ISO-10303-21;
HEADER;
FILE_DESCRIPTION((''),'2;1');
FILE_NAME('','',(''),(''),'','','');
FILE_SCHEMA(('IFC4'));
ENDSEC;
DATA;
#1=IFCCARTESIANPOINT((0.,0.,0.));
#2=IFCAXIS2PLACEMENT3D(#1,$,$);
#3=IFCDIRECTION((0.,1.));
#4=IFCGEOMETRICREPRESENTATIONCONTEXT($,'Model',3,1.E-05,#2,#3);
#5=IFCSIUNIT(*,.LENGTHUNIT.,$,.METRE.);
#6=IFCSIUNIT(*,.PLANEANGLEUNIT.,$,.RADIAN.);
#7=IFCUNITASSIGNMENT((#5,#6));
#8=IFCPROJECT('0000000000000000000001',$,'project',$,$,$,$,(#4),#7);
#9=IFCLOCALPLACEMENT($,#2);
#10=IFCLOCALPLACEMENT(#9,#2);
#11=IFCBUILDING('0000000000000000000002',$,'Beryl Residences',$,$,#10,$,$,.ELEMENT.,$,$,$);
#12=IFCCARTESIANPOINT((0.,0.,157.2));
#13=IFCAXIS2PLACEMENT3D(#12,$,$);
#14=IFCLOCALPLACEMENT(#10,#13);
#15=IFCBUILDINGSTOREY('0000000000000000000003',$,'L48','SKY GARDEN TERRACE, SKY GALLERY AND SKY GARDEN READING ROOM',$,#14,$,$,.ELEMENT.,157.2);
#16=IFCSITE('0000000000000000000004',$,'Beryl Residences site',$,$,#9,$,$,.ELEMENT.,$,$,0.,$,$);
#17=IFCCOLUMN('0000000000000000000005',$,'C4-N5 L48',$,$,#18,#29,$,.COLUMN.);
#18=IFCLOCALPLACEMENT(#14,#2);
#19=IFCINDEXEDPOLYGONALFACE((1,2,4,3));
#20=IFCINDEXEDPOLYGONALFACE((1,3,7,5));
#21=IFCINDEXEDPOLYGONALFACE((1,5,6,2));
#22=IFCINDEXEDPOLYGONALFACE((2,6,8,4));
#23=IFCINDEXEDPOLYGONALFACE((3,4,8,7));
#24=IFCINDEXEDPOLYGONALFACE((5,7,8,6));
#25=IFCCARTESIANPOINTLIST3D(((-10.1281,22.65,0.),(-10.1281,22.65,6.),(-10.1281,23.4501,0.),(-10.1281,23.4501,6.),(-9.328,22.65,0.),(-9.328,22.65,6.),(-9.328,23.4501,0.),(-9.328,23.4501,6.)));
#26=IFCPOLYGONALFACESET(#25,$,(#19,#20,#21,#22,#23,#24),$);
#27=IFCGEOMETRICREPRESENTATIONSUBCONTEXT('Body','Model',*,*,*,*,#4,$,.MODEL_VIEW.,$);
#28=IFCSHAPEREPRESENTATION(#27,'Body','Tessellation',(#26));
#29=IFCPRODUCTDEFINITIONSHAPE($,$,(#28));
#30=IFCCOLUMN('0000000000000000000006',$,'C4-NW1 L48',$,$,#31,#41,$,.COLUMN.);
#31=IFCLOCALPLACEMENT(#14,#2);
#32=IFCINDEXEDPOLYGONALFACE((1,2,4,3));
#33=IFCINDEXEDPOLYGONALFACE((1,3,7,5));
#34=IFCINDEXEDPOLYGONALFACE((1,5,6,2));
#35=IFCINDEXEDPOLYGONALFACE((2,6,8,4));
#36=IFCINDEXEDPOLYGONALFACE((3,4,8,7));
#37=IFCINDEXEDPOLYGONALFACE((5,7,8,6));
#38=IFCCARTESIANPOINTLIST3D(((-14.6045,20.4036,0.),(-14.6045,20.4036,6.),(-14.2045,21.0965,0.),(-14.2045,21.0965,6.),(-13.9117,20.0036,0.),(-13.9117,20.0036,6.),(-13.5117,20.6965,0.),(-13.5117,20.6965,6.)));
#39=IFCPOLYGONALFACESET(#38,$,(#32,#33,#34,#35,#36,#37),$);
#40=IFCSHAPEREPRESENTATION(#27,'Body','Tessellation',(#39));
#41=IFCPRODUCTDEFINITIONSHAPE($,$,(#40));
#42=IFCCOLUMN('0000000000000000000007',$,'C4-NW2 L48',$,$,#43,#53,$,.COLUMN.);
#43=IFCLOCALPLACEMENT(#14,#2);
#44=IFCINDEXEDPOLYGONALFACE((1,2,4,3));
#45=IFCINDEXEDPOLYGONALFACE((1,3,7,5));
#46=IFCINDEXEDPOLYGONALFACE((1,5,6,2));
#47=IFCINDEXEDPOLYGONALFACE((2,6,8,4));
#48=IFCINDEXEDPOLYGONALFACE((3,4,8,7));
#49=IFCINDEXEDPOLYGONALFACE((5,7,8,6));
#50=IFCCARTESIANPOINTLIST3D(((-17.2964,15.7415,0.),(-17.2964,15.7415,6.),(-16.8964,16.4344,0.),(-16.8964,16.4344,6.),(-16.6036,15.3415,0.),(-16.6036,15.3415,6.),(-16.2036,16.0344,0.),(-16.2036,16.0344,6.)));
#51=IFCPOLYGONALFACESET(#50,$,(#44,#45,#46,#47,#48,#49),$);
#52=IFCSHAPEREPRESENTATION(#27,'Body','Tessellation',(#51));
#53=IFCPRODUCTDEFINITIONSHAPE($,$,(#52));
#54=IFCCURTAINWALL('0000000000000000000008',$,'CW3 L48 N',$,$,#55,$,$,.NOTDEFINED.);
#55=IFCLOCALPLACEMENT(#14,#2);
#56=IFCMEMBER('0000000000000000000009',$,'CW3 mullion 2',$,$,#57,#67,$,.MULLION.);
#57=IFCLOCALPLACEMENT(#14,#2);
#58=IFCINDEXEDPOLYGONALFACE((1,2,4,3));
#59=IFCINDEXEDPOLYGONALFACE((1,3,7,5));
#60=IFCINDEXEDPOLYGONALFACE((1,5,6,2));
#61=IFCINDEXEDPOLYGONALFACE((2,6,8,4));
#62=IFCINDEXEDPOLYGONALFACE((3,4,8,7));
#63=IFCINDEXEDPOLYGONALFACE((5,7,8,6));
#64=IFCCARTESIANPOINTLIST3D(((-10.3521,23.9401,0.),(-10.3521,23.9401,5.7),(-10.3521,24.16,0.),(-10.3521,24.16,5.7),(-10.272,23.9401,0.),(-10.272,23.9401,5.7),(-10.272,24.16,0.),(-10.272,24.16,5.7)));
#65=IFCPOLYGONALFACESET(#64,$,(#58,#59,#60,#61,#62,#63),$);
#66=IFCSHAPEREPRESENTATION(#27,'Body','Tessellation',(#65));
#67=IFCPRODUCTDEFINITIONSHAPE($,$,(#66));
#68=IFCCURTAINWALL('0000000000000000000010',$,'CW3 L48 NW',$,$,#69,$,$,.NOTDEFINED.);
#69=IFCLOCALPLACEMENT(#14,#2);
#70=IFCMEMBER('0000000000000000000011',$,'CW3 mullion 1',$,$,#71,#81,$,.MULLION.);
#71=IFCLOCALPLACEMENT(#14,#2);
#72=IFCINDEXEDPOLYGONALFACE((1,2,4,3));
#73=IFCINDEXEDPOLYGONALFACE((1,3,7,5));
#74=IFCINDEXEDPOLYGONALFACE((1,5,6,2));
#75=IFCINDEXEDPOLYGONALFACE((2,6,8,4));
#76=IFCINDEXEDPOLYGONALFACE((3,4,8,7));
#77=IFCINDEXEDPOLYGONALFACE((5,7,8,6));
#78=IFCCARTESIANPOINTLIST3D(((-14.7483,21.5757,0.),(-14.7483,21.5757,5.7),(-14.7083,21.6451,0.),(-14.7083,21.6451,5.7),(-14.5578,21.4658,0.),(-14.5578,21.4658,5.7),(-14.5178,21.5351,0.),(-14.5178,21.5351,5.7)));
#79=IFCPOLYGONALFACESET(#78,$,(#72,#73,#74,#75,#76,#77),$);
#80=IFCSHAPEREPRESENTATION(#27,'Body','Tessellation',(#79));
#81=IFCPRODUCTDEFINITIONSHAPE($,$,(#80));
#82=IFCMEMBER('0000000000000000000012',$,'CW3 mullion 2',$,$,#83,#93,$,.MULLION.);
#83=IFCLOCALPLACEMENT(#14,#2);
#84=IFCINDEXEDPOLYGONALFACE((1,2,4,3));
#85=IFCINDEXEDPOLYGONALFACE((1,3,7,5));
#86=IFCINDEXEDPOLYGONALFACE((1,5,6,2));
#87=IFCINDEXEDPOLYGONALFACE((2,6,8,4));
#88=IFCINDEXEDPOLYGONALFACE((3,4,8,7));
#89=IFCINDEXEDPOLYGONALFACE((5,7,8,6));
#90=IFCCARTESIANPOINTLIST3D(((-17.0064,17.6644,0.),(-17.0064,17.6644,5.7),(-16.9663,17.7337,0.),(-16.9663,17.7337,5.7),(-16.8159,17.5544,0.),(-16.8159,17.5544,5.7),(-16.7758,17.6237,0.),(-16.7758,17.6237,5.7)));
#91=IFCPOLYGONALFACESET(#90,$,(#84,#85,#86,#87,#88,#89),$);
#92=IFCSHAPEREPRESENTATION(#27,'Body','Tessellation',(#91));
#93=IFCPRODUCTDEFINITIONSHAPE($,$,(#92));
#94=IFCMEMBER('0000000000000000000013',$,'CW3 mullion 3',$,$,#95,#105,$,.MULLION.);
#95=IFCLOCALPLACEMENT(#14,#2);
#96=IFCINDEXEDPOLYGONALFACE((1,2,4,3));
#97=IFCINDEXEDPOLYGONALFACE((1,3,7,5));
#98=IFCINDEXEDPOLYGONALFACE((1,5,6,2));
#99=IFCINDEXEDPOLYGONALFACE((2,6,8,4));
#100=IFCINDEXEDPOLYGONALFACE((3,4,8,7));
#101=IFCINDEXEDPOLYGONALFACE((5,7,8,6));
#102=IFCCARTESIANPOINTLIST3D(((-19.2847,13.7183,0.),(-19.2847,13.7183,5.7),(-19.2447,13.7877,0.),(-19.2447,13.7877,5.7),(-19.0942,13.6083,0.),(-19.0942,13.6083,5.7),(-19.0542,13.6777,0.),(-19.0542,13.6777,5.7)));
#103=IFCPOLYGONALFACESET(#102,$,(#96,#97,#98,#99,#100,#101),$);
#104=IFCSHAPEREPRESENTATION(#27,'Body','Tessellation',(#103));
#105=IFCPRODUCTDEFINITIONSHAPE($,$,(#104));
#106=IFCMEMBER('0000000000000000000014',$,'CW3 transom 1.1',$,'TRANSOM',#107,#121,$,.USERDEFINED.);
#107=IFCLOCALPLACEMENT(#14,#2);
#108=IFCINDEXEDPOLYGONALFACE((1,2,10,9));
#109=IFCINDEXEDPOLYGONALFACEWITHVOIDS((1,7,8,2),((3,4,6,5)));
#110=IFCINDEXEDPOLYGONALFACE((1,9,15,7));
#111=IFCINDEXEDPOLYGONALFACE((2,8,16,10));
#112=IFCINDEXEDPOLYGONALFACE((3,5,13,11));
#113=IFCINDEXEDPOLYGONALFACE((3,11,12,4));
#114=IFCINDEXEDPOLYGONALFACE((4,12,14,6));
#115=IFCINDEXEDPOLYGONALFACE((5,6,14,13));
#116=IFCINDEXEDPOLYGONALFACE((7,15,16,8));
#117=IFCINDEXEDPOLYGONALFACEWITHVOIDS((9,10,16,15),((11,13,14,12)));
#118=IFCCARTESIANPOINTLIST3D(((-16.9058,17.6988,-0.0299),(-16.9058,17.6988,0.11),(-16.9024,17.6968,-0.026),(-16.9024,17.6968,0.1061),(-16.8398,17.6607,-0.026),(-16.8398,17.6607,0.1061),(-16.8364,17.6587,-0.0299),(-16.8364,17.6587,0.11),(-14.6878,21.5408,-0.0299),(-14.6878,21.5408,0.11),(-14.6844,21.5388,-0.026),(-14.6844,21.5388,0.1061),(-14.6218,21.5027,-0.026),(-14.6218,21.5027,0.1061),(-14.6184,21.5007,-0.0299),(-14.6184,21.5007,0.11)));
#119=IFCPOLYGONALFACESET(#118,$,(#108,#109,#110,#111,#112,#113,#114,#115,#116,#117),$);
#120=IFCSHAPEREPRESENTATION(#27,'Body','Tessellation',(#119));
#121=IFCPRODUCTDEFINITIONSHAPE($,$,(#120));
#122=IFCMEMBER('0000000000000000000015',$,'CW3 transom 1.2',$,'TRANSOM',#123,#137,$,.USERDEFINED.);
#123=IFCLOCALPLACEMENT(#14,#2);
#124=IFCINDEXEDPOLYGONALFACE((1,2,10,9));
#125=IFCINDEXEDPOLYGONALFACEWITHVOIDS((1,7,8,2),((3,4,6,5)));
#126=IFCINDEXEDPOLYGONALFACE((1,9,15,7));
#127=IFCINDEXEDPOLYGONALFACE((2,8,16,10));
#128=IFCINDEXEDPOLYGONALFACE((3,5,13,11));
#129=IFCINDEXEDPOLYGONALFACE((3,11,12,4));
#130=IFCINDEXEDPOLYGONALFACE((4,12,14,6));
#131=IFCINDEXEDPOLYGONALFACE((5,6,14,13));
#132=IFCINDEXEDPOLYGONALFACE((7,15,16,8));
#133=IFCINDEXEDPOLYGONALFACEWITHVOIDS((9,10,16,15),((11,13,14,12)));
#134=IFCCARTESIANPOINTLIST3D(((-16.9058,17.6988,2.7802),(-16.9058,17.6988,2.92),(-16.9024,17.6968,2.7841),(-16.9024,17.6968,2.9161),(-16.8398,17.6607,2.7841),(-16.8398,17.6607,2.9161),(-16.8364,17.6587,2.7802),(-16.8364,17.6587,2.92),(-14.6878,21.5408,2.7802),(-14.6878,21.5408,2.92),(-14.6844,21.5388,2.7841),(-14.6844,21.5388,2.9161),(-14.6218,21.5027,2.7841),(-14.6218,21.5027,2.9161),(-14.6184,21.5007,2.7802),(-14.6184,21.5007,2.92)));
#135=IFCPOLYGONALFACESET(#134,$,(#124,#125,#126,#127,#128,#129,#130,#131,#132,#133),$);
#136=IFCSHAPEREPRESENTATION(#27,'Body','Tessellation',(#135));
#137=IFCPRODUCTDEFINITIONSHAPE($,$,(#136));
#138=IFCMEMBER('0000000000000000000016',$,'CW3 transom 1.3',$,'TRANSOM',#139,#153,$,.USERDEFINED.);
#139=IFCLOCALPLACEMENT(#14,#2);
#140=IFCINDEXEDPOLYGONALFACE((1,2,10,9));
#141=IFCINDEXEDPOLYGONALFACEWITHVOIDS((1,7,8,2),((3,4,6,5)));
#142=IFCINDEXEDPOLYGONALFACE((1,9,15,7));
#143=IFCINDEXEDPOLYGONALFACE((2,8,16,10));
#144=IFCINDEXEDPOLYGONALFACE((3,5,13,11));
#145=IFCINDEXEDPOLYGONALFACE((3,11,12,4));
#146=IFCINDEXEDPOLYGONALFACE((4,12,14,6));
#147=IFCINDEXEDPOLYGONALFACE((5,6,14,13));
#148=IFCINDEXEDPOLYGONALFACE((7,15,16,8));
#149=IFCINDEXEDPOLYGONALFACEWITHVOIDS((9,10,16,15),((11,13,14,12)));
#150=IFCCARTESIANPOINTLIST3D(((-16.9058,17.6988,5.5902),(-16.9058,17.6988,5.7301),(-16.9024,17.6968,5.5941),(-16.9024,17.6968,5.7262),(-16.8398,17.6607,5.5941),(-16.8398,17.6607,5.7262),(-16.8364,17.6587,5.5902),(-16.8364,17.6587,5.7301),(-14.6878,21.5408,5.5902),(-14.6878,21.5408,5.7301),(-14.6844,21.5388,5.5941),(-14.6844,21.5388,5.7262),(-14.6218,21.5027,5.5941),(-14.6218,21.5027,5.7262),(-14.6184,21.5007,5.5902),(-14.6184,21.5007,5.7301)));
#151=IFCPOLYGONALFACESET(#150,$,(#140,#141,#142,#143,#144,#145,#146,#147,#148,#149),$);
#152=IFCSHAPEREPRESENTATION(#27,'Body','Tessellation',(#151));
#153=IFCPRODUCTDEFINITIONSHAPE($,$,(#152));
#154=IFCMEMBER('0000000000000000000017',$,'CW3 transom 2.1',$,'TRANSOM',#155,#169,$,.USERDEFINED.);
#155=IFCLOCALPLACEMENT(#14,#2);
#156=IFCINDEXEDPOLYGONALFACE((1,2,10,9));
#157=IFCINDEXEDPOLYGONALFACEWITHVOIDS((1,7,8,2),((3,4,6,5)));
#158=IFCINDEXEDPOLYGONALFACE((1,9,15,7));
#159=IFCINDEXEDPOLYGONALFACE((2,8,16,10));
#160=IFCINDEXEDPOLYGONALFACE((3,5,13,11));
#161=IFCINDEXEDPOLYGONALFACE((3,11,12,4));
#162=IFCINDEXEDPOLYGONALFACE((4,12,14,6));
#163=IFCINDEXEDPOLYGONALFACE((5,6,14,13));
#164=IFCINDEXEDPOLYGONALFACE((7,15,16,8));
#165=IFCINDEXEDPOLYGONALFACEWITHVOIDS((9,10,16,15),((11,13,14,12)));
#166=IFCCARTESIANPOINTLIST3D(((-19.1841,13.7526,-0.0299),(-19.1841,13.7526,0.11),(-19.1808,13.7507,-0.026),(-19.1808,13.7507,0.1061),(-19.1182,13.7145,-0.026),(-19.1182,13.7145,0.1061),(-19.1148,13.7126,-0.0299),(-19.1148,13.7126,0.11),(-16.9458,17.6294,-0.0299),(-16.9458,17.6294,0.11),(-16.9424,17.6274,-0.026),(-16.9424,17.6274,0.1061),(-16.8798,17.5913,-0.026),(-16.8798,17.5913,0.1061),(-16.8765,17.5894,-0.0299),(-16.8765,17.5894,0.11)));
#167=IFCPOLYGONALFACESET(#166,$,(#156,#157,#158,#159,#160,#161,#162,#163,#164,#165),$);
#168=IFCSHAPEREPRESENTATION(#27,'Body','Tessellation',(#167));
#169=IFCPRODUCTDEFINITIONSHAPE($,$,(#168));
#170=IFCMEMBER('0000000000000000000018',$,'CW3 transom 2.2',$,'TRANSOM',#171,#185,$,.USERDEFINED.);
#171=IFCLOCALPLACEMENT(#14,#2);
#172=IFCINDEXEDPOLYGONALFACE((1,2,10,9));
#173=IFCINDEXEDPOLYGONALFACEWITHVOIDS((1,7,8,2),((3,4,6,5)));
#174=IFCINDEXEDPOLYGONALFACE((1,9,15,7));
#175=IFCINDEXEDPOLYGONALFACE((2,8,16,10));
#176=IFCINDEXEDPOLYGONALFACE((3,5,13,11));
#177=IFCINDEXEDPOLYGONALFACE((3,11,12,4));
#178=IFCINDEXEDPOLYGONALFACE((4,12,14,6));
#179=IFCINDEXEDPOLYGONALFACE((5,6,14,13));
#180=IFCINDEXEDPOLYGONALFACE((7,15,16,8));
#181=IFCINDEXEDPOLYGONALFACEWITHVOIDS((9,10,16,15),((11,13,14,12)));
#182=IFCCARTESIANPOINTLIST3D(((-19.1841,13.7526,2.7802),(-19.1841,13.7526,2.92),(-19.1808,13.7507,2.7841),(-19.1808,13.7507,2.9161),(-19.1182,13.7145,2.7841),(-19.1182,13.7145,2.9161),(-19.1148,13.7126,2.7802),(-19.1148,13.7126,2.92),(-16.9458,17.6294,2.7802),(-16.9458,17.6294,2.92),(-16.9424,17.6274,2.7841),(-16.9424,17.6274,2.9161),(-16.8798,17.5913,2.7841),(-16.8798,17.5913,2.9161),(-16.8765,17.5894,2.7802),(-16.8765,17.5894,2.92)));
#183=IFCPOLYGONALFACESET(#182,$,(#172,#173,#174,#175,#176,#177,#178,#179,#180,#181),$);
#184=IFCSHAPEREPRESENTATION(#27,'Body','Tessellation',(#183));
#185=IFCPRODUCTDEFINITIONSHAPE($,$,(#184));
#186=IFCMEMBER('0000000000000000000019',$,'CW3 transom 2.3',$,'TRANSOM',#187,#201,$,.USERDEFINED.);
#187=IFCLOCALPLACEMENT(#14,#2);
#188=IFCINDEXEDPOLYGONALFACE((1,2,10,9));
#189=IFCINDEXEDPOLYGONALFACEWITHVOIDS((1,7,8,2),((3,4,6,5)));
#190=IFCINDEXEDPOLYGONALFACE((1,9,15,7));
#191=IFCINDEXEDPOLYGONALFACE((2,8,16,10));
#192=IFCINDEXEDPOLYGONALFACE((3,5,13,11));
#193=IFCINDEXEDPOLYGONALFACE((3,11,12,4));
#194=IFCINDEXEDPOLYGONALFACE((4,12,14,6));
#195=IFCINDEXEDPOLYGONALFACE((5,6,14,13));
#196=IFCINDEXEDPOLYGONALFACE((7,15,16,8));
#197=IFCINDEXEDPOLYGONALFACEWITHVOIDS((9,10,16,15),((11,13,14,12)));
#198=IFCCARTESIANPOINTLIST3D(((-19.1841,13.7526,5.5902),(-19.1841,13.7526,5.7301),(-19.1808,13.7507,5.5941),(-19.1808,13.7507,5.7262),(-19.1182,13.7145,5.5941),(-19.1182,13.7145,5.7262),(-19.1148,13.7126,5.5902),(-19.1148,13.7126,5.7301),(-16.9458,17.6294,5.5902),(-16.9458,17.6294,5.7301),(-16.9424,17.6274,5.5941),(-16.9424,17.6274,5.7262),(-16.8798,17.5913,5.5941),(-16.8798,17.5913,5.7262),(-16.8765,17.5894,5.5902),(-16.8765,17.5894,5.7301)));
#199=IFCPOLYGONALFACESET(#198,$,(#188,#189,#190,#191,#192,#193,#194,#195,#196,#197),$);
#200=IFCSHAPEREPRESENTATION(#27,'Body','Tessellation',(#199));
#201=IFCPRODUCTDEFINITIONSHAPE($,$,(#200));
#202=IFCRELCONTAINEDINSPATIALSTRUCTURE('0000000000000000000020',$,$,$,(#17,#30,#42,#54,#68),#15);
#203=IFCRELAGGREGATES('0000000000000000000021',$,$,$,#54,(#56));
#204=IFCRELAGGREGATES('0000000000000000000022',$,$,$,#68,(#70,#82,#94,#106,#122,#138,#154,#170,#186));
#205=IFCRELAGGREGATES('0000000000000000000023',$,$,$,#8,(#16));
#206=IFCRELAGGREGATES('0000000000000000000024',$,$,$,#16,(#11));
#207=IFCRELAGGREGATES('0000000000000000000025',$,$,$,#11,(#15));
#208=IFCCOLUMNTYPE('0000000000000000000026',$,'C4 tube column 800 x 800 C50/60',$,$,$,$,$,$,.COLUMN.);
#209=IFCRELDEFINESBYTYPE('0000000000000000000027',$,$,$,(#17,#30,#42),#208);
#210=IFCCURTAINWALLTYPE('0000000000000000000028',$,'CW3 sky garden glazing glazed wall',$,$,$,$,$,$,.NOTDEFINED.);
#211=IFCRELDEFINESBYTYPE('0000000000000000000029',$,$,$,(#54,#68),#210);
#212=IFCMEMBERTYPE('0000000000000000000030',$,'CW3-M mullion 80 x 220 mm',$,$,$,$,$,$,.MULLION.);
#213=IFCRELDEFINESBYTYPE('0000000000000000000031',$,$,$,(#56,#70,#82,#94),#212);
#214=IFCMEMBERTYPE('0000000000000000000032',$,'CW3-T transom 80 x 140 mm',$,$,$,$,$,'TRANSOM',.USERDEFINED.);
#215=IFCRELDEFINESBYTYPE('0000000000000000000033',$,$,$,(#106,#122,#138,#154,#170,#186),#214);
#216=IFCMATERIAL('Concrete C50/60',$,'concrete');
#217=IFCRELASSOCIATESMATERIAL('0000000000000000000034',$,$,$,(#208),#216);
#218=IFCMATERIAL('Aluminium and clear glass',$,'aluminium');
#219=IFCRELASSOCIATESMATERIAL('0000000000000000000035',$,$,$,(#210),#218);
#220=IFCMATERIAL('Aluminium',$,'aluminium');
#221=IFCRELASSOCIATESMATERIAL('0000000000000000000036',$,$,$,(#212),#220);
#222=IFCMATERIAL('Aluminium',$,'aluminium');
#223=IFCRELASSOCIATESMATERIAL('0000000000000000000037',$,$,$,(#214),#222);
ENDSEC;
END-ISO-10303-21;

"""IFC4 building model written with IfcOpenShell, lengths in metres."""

from ifc_helpers import new_model, si_unit, direction, frame, origin, origin_2d, place, context, subcontext, project, spatial, rectangle, hollow_rectangle, extrude, material, material_profile, profile_set, type_object, element, aggregate, save


model = new_model("IFC4")

# Units and contexts
model_context = context("Model", 3, precision=1e-05, world=origin(), true_north=direction((0.0, 1.0)))
body_context = subcontext(model_context, "Body", "Model", "MODEL_VIEW")
ifc_project = project(units=[si_unit("LENGTHUNIT", "METRE"), si_unit("PLANEANGLEUNIT", "RADIAN")], contexts=[model_context])

# Site, building, storey
site_placement = place(None, origin())
site = spatial("IfcSite", under=ifc_project, at=site_placement, Name="Beryl Residences site", CompositionType="ELEMENT", RefElevation=0.0)
building_placement = place(site_placement, origin())
building = spatial("IfcBuilding", under=site, at=building_placement, Name="Beryl Residences", CompositionType="ELEMENT")
storey_placement = place(building_placement, frame((0.0, 0.0, 157.2)))
storey = spatial("IfcBuildingStorey", under=building, at=storey_placement, Name="L48", Description="SKY GARDEN TERRACE, SKY GALLERY AND SKY GARDEN READING ROOM", CompositionType="ELEMENT", Elevation=157.2)

# Columns
ifc_material_1 = material(Name="Concrete C50/60", Category="concrete")
ifc_material_profile_1 = material_profile(ifc_material_1, rectangle(XDim=0.8, YDim=0.8, at=origin_2d()))
ifc_profile_set_1 = profile_set([ifc_material_profile_1], Name="Concrete C50/60")
column_type = type_object("IfcColumnType", Name="C4 tube column 800 x 800 C50/60", PredefinedType="COLUMN", material=ifc_profile_set_1)
for number, where, z_axis, x_axis, name in (
    (1, (-9.728, 23.05, 0.0), (0.0, 0.0, 1.0), (-1.0, 0.0, 0.0), "C4-N5 L48"),
    (2, (-14.0581, 20.55, 0.0), (0.0, 0.0, 1.0), (-0.5, -0.866025, 0.0), "C4-NW1 L48"),
    (3, (-16.75, 15.8879, 0.0), (0.0, 0.0, 1.0), (-0.5, -0.866025, 0.0), "C4-NW2 L48"),
):
    element("IfcColumn", number, at=place(storey_placement, frame(where, z_axis=z_axis, x_axis=x_axis)), inside=storey, type_object=column_type, Name=name, PredefinedType="COLUMN", context=body_context, shape_type="SweptSolid", body=[
        extrude(rectangle(XDim=0.8, YDim=0.8, at=origin_2d()), origin(), (0.0, 0.0, 1.0), 6.0),
    ])

# Curtain wall, member
ifc_material_2 = material(Name="Aluminium and clear glass", Category="aluminium")
curtain_wall_type = type_object("IfcCurtainWallType", Name="CW3 sky garden glazing glazed wall", PredefinedType="NOTDEFINED", material=ifc_material_2)
curtain_wall_1_placement = place(storey_placement, origin())
curtain_wall_1 = element("IfcCurtainWall", 4, at=curtain_wall_1_placement, inside=storey, type_object=curtain_wall_type, Name="CW3 L48 N", PredefinedType="NOTDEFINED")
ifc_material_3 = material(Name="Aluminium", Category="aluminium")
ifc_material_profile_2 = material_profile(ifc_material_3, rectangle(XDim=0.0801, YDim=0.22, at=origin_2d()))
ifc_profile_set_2 = profile_set([ifc_material_profile_2], Name="Aluminium")
member_type_1 = type_object("IfcMemberType", Name="CW3-M mullion 80 x 220 mm", PredefinedType="MULLION", material=ifc_profile_set_2)
member_1_placement = place(storey_placement, frame((-10.312, 24.05, 0.0), z_axis=(0.0, 0.0, 1.0), x_axis=(-1.0, 0.0, 0.0)))
member_1 = element("IfcMember", 5, at=member_1_placement, type_object=member_type_1, Name="CW3 mullion 2", PredefinedType="MULLION", context=body_context, shape_type="SweptSolid", body=[
    extrude(rectangle(XDim=0.0801, YDim=0.22, at=origin_2d()), origin(), (0.0, 0.0, 1.0), 5.7),
])

# Curtain wall, members
curtain_wall_2_placement = place(storey_placement, origin())
curtain_wall_2 = element("IfcCurtainWall", 6, at=curtain_wall_2_placement, inside=storey, type_object=curtain_wall_type, Name="CW3 L48 NW", PredefinedType="NOTDEFINED")
member_2_placement = place(storey_placement, frame((-14.6331, 21.5554, 0.0), z_axis=(0.0, 0.0, 1.0), x_axis=(-0.499996, -0.866028, 0.0)))
member_2 = element("IfcMember", 7, at=member_2_placement, type_object=member_type_1, Name="CW3 mullion 1", PredefinedType="MULLION", context=body_context, shape_type="SweptSolid", body=[
    extrude(rectangle(XDim=0.0801, YDim=0.22, at=origin_2d()), origin(), (0.0, 0.0, 1.0), 5.7),
])
member_3_placement = place(storey_placement, frame((-16.8911, 17.644, 0.0), z_axis=(0.0, 0.0, 1.0), x_axis=(-0.499996, -0.866028, 0.0)))
member_3 = element("IfcMember", 8, at=member_3_placement, type_object=member_type_1, Name="CW3 mullion 2", PredefinedType="MULLION", context=body_context, shape_type="SweptSolid", body=[
    extrude(rectangle(XDim=0.0801, YDim=0.22, at=origin_2d()), origin(), (0.0, 0.0, 1.0), 5.7),
])
member_4_placement = place(storey_placement, frame((-19.1694, 13.698, 0.0), z_axis=(0.0, 0.0, 1.0), x_axis=(-0.499996, -0.866028, 0.0)))
member_4 = element("IfcMember", 9, at=member_4_placement, type_object=member_type_1, Name="CW3 mullion 3", PredefinedType="MULLION", context=body_context, shape_type="SweptSolid", body=[
    extrude(rectangle(XDim=0.0801, YDim=0.22, at=origin_2d()), origin(), (0.0, 0.0, 1.0), 5.7),
])
ifc_material_4 = material(Name="Aluminium", Category="aluminium")
ifc_material_profile_3 = material_profile(ifc_material_4, hollow_rectangle(XDim=0.0801, YDim=0.1399, WallThickness=0.0039, at=origin_2d()))
ifc_profile_set_3 = profile_set([ifc_material_profile_3], Name="Aluminium")
member_type_2 = type_object("IfcMemberType", Name="CW3-T transom 80 x 140 mm", ElementType="TRANSOM", PredefinedType="USERDEFINED", material=ifc_profile_set_3)
member_5_placement = place(storey_placement, frame((-14.6531, 21.5208, 0.04), z_axis=(-0.499969, -0.866044, 0.0), x_axis=(0.866044, -0.499969, 0.0)))
member_5 = element("IfcMember", 10, at=member_5_placement, type_object=member_type_2, Name="CW3 transom 1.1", ObjectType="TRANSOM", PredefinedType="USERDEFINED", context=body_context, shape_type="SweptSolid", body=[
    extrude(hollow_rectangle(XDim=0.0801, YDim=0.1399, WallThickness=0.0039, at=origin_2d()), origin(), (0.0, 0.0, 1.0), 4.4363),
])
member_6_placement = place(storey_placement, frame((-14.6531, 21.5208, 2.8501), z_axis=(-0.499969, -0.866044, 0.0), x_axis=(0.866044, -0.499969, 0.0)))
member_6 = element("IfcMember", 11, at=member_6_placement, type_object=member_type_2, Name="CW3 transom 1.2", ObjectType="TRANSOM", PredefinedType="USERDEFINED", context=body_context, shape_type="SweptSolid", body=[
    extrude(hollow_rectangle(XDim=0.0801, YDim=0.1399, WallThickness=0.0039, at=origin_2d()), origin(), (0.0, 0.0, 1.0), 4.4363),
])
member_7_placement = place(storey_placement, frame((-14.6531, 21.5208, 5.6602), z_axis=(-0.499969, -0.866044, 0.0), x_axis=(0.866044, -0.499969, 0.0)))
member_7 = element("IfcMember", 12, at=member_7_placement, type_object=member_type_2, Name="CW3 transom 1.3", ObjectType="TRANSOM", PredefinedType="USERDEFINED", context=body_context, shape_type="SweptSolid", body=[
    extrude(hollow_rectangle(XDim=0.0801, YDim=0.1399, WallThickness=0.0039, at=origin_2d()), origin(), (0.0, 0.0, 1.0), 4.4363),
])
member_8_placement = place(storey_placement, frame((-16.9111, 17.6094, 0.04), z_axis=(-0.50001, -0.866019, 0.0), x_axis=(0.866019, -0.50001, 0.0)))
member_8 = element("IfcMember", 13, at=member_8_placement, type_object=member_type_2, Name="CW3 transom 2.1", ObjectType="TRANSOM", PredefinedType="USERDEFINED", context=body_context, shape_type="SweptSolid", body=[
    extrude(hollow_rectangle(XDim=0.0801, YDim=0.1399, WallThickness=0.0039, at=origin_2d()), origin(), (0.0, 0.0, 1.0), 4.4766),
])
member_9_placement = place(storey_placement, frame((-16.9111, 17.6094, 2.8501), z_axis=(-0.50001, -0.866019, 0.0), x_axis=(0.866019, -0.50001, 0.0)))
member_9 = element("IfcMember", 14, at=member_9_placement, type_object=member_type_2, Name="CW3 transom 2.2", ObjectType="TRANSOM", PredefinedType="USERDEFINED", context=body_context, shape_type="SweptSolid", body=[
    extrude(hollow_rectangle(XDim=0.0801, YDim=0.1399, WallThickness=0.0039, at=origin_2d()), origin(), (0.0, 0.0, 1.0), 4.4766),
])
member_10_placement = place(storey_placement, frame((-16.9111, 17.6094, 5.6602), z_axis=(-0.50001, -0.866019, 0.0), x_axis=(0.866019, -0.50001, 0.0)))
member_10 = element("IfcMember", 15, at=member_10_placement, type_object=member_type_2, Name="CW3 transom 2.3", ObjectType="TRANSOM", PredefinedType="USERDEFINED", context=body_context, shape_type="SweptSolid", body=[
    extrude(hollow_rectangle(XDim=0.0801, YDim=0.1399, WallThickness=0.0039, at=origin_2d()), origin(), (0.0, 0.0, 1.0), 4.4766),
])

aggregate(curtain_wall_1, [member_1])
aggregate(curtain_wall_2, [member_2, member_3, member_4, member_5, member_6, member_7, member_8, member_9, member_10])

save(model, "model.ifc")
